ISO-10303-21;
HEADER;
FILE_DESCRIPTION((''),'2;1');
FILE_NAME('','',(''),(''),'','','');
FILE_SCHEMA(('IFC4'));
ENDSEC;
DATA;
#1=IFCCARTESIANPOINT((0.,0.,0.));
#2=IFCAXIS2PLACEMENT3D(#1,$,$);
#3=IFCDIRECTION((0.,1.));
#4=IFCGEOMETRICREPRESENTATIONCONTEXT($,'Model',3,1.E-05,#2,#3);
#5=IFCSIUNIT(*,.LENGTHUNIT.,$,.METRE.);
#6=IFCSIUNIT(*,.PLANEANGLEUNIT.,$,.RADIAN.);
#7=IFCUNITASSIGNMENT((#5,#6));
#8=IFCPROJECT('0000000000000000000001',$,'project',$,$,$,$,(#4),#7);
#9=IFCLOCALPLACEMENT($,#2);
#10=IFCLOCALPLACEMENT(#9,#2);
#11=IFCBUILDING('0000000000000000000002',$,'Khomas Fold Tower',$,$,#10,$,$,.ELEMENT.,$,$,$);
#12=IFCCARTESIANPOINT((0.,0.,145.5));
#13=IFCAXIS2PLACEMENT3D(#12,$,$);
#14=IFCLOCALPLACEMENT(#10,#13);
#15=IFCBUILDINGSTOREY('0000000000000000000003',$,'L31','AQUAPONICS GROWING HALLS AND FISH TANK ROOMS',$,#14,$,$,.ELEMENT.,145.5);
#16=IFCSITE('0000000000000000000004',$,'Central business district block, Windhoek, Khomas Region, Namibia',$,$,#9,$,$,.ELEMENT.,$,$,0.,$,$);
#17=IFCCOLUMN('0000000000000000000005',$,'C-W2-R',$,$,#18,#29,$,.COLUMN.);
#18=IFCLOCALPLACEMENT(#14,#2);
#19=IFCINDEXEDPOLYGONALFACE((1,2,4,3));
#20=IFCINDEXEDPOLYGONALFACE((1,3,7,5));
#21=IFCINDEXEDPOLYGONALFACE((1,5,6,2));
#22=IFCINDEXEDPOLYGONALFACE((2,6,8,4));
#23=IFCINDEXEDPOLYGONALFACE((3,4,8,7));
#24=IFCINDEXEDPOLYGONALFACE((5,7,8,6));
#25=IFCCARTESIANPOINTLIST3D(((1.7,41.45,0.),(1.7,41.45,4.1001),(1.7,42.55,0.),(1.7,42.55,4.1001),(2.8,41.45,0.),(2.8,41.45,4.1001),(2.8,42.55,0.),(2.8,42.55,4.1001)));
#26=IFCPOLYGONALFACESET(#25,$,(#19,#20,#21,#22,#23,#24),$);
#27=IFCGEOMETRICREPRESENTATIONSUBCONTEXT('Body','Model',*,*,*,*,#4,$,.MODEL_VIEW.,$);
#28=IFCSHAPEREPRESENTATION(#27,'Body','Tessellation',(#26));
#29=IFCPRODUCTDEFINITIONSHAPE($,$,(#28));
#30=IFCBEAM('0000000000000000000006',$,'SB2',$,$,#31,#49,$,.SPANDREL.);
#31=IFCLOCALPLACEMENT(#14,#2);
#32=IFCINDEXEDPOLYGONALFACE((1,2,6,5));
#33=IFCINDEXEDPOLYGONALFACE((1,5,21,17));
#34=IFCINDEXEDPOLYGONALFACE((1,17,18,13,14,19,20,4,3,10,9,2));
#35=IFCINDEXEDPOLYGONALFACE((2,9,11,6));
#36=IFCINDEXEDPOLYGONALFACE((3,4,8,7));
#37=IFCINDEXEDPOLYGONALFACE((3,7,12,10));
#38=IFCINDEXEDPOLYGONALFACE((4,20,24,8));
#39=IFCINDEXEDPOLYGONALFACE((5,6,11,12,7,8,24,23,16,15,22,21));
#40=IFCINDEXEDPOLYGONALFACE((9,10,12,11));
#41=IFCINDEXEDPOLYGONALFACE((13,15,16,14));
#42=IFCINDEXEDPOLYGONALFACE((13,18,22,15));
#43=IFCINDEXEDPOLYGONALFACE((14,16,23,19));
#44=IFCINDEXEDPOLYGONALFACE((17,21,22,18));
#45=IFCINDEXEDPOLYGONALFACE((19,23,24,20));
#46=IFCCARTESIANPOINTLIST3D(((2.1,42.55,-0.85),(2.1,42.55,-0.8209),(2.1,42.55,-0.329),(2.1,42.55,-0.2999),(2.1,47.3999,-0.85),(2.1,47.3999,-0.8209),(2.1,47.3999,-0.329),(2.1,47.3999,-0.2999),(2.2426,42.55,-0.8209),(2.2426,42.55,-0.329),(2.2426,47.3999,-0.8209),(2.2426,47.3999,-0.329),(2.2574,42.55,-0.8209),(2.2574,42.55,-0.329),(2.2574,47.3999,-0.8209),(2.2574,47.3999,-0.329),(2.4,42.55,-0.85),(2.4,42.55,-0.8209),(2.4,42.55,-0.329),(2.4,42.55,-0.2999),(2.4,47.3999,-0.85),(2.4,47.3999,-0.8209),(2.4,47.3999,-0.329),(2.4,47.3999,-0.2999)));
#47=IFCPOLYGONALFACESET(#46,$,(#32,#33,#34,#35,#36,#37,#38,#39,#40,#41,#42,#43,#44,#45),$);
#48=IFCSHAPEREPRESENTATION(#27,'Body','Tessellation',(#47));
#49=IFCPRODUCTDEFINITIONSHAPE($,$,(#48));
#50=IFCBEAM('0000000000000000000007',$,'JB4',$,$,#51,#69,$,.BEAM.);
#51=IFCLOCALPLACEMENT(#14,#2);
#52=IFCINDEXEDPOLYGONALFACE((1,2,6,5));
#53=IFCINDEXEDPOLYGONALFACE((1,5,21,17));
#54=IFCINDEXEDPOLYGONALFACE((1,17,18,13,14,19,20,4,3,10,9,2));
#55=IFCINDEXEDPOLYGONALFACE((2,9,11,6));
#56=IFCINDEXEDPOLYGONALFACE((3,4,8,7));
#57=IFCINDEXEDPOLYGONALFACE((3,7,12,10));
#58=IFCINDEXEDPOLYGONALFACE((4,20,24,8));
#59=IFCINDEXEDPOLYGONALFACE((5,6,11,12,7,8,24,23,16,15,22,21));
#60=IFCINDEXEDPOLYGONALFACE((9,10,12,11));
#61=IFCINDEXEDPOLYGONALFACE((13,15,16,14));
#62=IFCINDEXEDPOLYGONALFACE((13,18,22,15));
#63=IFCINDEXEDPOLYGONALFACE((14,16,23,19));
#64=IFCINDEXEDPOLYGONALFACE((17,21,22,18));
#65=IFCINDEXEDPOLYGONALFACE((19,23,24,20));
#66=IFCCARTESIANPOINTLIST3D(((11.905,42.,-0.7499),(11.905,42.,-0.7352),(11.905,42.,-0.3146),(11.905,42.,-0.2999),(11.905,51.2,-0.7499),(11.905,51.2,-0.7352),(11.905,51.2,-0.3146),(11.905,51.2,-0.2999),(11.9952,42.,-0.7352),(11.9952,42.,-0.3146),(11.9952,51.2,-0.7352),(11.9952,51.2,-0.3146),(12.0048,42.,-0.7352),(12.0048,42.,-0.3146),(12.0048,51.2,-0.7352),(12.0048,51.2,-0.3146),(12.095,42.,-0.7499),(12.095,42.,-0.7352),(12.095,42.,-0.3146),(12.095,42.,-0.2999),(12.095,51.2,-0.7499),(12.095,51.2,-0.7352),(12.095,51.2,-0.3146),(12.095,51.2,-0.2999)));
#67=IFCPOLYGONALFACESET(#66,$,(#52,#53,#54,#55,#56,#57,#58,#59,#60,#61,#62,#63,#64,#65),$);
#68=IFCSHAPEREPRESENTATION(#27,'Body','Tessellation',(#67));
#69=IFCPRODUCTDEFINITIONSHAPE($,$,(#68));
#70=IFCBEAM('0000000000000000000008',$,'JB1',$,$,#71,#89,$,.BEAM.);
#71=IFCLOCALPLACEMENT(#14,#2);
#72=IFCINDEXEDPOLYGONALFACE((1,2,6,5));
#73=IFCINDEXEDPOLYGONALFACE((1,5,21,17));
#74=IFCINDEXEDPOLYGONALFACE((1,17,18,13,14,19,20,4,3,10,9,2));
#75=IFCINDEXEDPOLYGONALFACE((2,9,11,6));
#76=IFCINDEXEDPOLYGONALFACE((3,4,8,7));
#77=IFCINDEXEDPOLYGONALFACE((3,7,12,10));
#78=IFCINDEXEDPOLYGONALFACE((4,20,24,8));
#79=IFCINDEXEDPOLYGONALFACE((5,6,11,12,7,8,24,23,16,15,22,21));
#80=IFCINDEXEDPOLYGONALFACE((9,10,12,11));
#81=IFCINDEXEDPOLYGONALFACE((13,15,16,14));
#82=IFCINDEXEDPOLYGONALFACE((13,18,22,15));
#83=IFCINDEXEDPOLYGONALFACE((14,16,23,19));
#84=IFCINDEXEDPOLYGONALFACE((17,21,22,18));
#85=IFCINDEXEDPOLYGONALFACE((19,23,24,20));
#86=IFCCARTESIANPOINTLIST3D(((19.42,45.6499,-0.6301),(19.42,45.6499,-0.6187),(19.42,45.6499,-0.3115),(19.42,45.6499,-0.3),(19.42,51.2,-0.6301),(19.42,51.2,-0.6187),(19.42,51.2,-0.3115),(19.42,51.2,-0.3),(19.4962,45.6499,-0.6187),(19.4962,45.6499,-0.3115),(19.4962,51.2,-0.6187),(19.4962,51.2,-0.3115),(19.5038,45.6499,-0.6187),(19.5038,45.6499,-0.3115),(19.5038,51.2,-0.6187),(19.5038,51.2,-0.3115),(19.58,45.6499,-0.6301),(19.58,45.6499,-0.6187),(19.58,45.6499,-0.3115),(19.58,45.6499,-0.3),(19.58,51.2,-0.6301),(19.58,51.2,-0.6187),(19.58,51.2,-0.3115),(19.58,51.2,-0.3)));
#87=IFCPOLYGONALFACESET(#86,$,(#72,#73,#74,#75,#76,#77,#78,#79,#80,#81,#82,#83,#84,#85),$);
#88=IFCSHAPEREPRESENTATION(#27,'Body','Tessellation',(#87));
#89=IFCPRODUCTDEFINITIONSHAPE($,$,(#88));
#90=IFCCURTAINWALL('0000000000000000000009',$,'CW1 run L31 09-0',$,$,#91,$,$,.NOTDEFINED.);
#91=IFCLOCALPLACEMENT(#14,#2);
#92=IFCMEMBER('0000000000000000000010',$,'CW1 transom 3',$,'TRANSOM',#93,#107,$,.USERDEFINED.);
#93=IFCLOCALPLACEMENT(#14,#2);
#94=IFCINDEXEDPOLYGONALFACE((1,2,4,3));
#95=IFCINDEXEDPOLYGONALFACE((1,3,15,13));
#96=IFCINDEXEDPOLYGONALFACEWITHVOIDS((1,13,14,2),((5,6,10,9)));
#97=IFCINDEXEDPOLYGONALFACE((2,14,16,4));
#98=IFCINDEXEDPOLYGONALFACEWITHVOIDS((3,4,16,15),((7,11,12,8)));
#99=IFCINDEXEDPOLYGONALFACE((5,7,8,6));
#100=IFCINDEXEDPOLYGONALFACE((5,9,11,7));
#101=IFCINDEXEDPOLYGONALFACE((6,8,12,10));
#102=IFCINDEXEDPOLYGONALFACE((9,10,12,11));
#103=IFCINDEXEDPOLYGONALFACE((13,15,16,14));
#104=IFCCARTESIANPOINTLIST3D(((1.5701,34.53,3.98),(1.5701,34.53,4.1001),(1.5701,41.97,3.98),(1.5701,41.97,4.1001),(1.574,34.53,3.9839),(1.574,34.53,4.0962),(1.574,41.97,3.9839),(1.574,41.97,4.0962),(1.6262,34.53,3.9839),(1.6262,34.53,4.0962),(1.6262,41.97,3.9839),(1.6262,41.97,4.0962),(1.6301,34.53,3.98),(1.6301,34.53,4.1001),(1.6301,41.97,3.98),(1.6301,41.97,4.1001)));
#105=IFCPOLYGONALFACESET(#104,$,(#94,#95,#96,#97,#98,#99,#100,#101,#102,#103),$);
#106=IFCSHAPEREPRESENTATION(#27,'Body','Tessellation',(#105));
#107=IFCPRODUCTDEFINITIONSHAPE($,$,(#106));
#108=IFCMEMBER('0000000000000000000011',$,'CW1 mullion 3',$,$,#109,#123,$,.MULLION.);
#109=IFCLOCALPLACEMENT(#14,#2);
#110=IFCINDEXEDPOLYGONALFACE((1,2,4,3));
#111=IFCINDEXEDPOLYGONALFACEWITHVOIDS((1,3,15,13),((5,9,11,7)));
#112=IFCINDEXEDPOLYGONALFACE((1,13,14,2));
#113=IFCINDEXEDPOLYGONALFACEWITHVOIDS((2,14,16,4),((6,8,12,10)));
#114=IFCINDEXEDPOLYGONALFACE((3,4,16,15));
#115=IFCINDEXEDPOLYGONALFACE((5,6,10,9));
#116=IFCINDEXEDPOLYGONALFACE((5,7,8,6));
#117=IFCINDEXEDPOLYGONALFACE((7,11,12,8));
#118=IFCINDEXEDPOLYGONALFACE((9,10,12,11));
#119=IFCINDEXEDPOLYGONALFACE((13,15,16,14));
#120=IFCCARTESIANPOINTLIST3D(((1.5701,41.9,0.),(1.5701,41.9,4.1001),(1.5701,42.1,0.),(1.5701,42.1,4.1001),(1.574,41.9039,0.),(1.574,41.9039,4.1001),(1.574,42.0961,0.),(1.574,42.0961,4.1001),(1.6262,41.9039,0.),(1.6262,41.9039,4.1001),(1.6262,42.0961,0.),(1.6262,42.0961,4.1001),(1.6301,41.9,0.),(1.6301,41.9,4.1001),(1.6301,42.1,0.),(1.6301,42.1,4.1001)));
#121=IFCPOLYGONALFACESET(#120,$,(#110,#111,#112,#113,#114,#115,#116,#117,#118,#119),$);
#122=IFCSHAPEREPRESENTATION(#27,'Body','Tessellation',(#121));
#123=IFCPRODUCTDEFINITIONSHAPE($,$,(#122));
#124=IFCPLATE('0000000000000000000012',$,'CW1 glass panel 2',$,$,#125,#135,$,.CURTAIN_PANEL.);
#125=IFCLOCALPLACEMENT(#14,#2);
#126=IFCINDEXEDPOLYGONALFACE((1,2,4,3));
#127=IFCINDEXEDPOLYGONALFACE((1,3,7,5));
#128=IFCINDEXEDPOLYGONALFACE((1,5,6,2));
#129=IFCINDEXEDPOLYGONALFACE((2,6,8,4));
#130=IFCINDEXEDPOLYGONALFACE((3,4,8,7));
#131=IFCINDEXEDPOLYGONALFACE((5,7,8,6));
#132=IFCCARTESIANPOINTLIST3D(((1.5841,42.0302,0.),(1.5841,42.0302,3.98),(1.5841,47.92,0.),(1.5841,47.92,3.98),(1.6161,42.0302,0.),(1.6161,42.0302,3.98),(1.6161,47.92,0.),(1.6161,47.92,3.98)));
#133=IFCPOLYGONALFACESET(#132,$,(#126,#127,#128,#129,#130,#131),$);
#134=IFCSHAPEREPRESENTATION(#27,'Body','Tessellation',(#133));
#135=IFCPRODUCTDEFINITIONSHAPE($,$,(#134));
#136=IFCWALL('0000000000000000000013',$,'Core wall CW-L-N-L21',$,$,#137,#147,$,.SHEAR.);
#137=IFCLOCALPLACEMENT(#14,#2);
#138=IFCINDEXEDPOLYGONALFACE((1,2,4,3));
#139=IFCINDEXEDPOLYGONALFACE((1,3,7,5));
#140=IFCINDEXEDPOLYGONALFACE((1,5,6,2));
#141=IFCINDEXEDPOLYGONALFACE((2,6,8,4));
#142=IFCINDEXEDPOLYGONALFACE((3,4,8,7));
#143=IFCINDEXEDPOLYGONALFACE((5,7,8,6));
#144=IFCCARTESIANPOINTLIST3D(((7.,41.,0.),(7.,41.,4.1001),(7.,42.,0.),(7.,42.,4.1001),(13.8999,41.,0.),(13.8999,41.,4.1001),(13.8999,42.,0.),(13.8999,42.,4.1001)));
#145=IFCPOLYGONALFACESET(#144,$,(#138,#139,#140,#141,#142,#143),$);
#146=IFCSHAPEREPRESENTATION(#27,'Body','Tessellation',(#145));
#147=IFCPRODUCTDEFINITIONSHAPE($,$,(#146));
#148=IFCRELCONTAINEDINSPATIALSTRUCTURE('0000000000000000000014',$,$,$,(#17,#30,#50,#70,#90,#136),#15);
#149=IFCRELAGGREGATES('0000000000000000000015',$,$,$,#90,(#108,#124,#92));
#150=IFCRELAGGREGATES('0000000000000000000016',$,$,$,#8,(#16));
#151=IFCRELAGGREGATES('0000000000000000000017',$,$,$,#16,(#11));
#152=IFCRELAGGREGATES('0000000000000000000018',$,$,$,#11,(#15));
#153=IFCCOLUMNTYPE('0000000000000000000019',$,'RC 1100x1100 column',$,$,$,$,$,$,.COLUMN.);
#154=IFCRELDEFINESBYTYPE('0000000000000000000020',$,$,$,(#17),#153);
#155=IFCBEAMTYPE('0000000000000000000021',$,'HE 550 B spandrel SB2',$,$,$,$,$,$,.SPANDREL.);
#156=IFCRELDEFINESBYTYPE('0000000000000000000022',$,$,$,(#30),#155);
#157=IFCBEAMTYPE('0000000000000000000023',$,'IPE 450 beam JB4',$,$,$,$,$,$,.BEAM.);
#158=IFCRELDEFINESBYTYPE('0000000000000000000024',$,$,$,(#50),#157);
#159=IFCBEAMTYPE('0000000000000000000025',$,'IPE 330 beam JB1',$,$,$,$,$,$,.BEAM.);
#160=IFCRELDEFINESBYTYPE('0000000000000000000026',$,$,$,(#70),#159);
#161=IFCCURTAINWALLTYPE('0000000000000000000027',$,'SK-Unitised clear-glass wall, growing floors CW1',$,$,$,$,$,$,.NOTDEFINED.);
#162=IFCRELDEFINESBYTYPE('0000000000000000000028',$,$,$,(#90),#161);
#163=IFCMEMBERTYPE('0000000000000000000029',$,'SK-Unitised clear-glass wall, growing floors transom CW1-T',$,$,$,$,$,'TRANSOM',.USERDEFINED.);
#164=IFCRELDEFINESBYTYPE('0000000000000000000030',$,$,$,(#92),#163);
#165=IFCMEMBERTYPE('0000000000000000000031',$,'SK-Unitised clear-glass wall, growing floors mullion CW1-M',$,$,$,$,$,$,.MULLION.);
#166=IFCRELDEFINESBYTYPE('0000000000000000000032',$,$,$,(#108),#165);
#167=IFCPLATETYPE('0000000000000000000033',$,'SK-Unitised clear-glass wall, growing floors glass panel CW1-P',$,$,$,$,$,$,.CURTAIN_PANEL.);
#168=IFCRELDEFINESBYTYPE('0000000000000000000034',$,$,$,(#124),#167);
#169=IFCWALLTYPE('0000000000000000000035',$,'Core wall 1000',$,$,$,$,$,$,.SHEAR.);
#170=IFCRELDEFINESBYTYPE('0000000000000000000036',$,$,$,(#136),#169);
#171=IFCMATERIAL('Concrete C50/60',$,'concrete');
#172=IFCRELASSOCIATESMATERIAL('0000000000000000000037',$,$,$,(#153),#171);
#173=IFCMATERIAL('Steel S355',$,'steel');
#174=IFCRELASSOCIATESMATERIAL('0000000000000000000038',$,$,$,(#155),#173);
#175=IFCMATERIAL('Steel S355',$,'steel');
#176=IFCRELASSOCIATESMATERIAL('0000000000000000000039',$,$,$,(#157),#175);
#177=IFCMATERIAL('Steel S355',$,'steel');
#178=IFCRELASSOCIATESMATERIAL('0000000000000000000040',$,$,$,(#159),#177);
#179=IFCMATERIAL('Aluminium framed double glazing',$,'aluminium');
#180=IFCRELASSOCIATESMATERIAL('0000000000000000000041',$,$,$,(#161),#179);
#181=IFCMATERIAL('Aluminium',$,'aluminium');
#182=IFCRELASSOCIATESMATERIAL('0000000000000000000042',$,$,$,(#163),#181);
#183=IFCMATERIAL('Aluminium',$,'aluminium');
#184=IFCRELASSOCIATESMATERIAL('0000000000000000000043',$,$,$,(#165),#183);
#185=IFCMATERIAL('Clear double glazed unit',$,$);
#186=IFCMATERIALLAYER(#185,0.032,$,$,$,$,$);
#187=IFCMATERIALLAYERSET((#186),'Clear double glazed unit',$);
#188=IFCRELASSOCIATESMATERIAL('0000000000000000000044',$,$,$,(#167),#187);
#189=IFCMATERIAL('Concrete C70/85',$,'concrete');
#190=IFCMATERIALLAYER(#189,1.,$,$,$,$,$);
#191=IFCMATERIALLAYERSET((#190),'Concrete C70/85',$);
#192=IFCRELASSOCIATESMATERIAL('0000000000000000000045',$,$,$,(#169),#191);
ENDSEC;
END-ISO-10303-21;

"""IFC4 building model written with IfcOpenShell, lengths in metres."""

from ifc_helpers import new_model, si_unit, direction, frame, frame_2d, origin, origin_2d, place, context, subcontext, project, spatial, rectangle, hollow_rectangle, i_section, extrude, source, transform, mapped, material, layer, layer_set, material_profile, profile_set, type_object, element, aggregate, save


model = new_model("IFC4")

# Units and contexts
model_context = context("Model", 3, precision=1e-05, world=origin(), true_north=direction((0.0, 1.0)))
body_context = subcontext(model_context, "Body", "Model", "MODEL_VIEW")
ifc_project = project(units=[si_unit("LENGTHUNIT", "METRE"), si_unit("PLANEANGLEUNIT", "RADIAN")], contexts=[model_context])

# Site, building, storey
site_placement = place(None, origin())
site = spatial("IfcSite", under=ifc_project, at=site_placement, Name="Central business district block, Windhoek, Khomas Region, Namibia", CompositionType="ELEMENT", RefElevation=0.0)
building_placement = place(site_placement, origin())
building = spatial("IfcBuilding", under=site, at=building_placement, Name="Khomas Fold Tower", CompositionType="ELEMENT")
storey_placement = place(building_placement, frame((0.0, 0.0, 145.5)))
storey = spatial("IfcBuildingStorey", under=building, at=storey_placement, Name="L31", Description="AQUAPONICS GROWING HALLS AND FISH TANK ROOMS", CompositionType="ELEMENT", Elevation=145.5)

# Column
ifc_material_1 = material(Name="Concrete C50/60", Category="concrete")
ifc_material_profile_1 = material_profile(ifc_material_1, rectangle(XDim=1.1001, YDim=1.1001, at=origin_2d()), Name="RC 1100x1100")
ifc_profile_set_1 = profile_set([ifc_material_profile_1], Name="Concrete C50/60")
column_type = type_object("IfcColumnType", Name="RC 1100x1100 column", PredefinedType="COLUMN", material=ifc_profile_set_1)
shared_shape_1 = source(origin(), body_context, "Body", "SweptSolid", [
    extrude(rectangle(XDim=1.1001, YDim=1.1001, at=origin_2d()), origin(), (0.0, 0.0, 1.0), 4.1001),
])
column_placement = place(storey_placement, frame((2.25, 42.0, 0.0), z_axis=(0.0, 0.0, 1.0), x_axis=(1.0, 0.0, 0.0)))
element("IfcColumn", 1, at=column_placement, inside=storey, type_object=column_type, Name="C-W2-R", PredefinedType="COLUMN", context=body_context, shape_type="MappedRepresentation", body=[
    mapped(shared_shape_1, transform((0.0, 0.0, 0.0))),
])

# Beams
ifc_material_2 = material(Name="Steel S355", Category="steel")
ifc_material_profile_2 = material_profile(ifc_material_2, i_section(OverallWidth=0.3, OverallDepth=0.55, WebThickness=0.0149, FlangeThickness=0.0291, at=origin_2d()), Name="HE 550 B")
ifc_profile_set_2 = profile_set([ifc_material_profile_2], Name="Steel S355")
beam_type_1 = type_object("IfcBeamType", Name="HE 550 B spandrel SB2", PredefinedType="SPANDREL", material=ifc_profile_set_2)
shared_shape_2 = source(origin(), body_context, "Body", "SweptSolid", [
    extrude(i_section(OverallWidth=0.3, OverallDepth=0.55, WebThickness=0.0149, FlangeThickness=0.0291, at=origin_2d()), origin(), (0.0, 0.0, 1.0), 4.8499),
])
beam_1_placement = place(storey_placement, frame((2.25, 42.55, -0.575), z_axis=(0.0, 1.0, 0.0), x_axis=(-1.0, 0.0, 0.0)))
element("IfcBeam", 2, at=beam_1_placement, inside=storey, type_object=beam_type_1, Name="SB2", PredefinedType="SPANDREL", context=body_context, shape_type="MappedRepresentation", body=[
    mapped(shared_shape_2, transform((0.0, 0.0, 0.0))),
])
ifc_material_3 = material(Name="Steel S355", Category="steel")
ifc_material_profile_3 = material_profile(ifc_material_3, i_section(OverallWidth=0.1899, OverallDepth=0.45, WebThickness=0.0095, FlangeThickness=0.0146, at=origin_2d()), Name="IPE 450")
ifc_profile_set_3 = profile_set([ifc_material_profile_3], Name="Steel S355")
beam_type_2 = type_object("IfcBeamType", Name="IPE 450 beam JB4", PredefinedType="BEAM", material=ifc_profile_set_3)
shared_shape_3 = source(origin(), body_context, "Body", "SweptSolid", [
    extrude(i_section(OverallWidth=0.1899, OverallDepth=0.45, WebThickness=0.0095, FlangeThickness=0.0146, at=origin_2d()), origin(), (0.0, 0.0, 1.0), 9.2),
])
beam_2_placement = place(storey_placement, frame((12.0, 42.0, -0.5249), z_axis=(0.0, 1.0, 0.0), x_axis=(-1.0, 0.0, 0.0)))
element("IfcBeam", 3, at=beam_2_placement, inside=storey, type_object=beam_type_2, Name="JB4", PredefinedType="BEAM", context=body_context, shape_type="MappedRepresentation", body=[
    mapped(shared_shape_3, transform((0.0, 0.0, 0.0))),
])
ifc_material_4 = material(Name="Steel S355", Category="steel")
ifc_material_profile_4 = material_profile(ifc_material_4, i_section(OverallWidth=0.1599, OverallDepth=0.3301, WebThickness=0.0076, FlangeThickness=0.0115, at=origin_2d()), Name="IPE 330")
ifc_profile_set_4 = profile_set([ifc_material_profile_4], Name="Steel S355")
beam_type_3 = type_object("IfcBeamType", Name="IPE 330 beam JB1", PredefinedType="BEAM", material=ifc_profile_set_4)
shared_shape_4 = source(origin(), body_context, "Body", "SweptSolid", [
    extrude(i_section(OverallWidth=0.1599, OverallDepth=0.3301, WebThickness=0.0076, FlangeThickness=0.0115, at=origin_2d()), origin(), (0.0, 0.0, 1.0), 5.55),
])
beam_3_placement = place(storey_placement, frame((19.5, 45.6499, -0.4651), z_axis=(0.0, 1.0, 0.0), x_axis=(-1.0, 0.0, 0.0)))
element("IfcBeam", 4, at=beam_3_placement, inside=storey, type_object=beam_type_3, Name="JB1", PredefinedType="BEAM", context=body_context, shape_type="MappedRepresentation", body=[
    mapped(shared_shape_4, transform((0.0, 0.0, 0.0))),
])

# Curtain wall, members, plate
ifc_material_5 = material(Name="Aluminium framed double glazing", Category="aluminium")
curtain_wall_type = type_object("IfcCurtainWallType", Name="SK-Unitised clear-glass wall, growing floors CW1", PredefinedType="NOTDEFINED", material=ifc_material_5)
curtain_wall_placement = place(storey_placement, origin())
curtain_wall = element("IfcCurtainWall", 5, at=curtain_wall_placement, inside=storey, type_object=curtain_wall_type, Name="CW1 run L31 09-0", PredefinedType="NOTDEFINED")
ifc_material_6 = material(Name="Aluminium", Category="aluminium")
ifc_material_profile_5 = material_profile(ifc_material_6, hollow_rectangle(XDim=0.0601, YDim=0.1201, WallThickness=0.0039, at=origin_2d()), Name="SK-Unitised clear-glass wall, growing floors transom CW1-T")
ifc_profile_set_5 = profile_set([ifc_material_profile_5], Name="Aluminium")
member_type_1 = type_object("IfcMemberType", Name="SK-Unitised clear-glass wall, growing floors transom CW1-T", ElementType="TRANSOM", PredefinedType="USERDEFINED", material=ifc_profile_set_5)
shared_shape_5 = source(origin(), body_context, "Body", "SweptSolid", [
    extrude(hollow_rectangle(XDim=0.0601, YDim=0.1201, WallThickness=0.0039, at=origin_2d()), origin(), (0.0, 0.0, 1.0), 7.4399),
])
member_1_placement = place(storey_placement, frame((1.6001, 41.97, 4.04), z_axis=(0.0, -1.0, 0.0), x_axis=(1.0, 0.0, 0.0)))
member_1 = element("IfcMember", 6, at=member_1_placement, type_object=member_type_1, Name="CW1 transom 3", ObjectType="TRANSOM", PredefinedType="USERDEFINED", context=body_context, shape_type="MappedRepresentation", body=[
    mapped(shared_shape_5, transform((0.0, 0.0, 0.0))),
])
ifc_material_7 = material(Name="Aluminium", Category="aluminium")
ifc_material_profile_6 = material_profile(ifc_material_7, hollow_rectangle(XDim=0.0601, YDim=0.2, WallThickness=0.0039, at=origin_2d()), Name="SK-Unitised clear-glass wall, growing floors mullion CW1-M")
ifc_profile_set_6 = profile_set([ifc_material_profile_6], Name="Aluminium")
member_type_2 = type_object("IfcMemberType", Name="SK-Unitised clear-glass wall, growing floors mullion CW1-M", PredefinedType="MULLION", material=ifc_profile_set_6)
shared_shape_6 = source(origin(), body_context, "Body", "SweptSolid", [
    extrude(hollow_rectangle(XDim=0.0601, YDim=0.2, WallThickness=0.0039, at=origin_2d()), origin(), (0.0, 0.0, 1.0), 4.1001),
])
member_2_placement = place(storey_placement, frame((1.6001, 42.0, 0.0), z_axis=(0.0, 0.0, 1.0), x_axis=(1.0, 0.0, 0.0)))
member_2 = element("IfcMember", 7, at=member_2_placement, type_object=member_type_2, Name="CW1 mullion 3", PredefinedType="MULLION", context=body_context, shape_type="MappedRepresentation", body=[
    mapped(shared_shape_6, transform((0.0, 0.0, 0.0))),
])
ifc_material_8 = material(Name="Clear double glazed unit")
ifc_layer_1 = layer(ifc_material_8, 0.032)
ifc_layer_set_1 = layer_set([ifc_layer_1], Name="Clear double glazed unit")
plate_type = type_object("IfcPlateType", Name="SK-Unitised clear-glass wall, growing floors glass panel CW1-P", PredefinedType="CURTAIN_PANEL", material=ifc_layer_set_1)
shared_shape_7 = source(origin(), body_context, "Body", "SweptSolid", [
    extrude(rectangle(XDim=5.8899, YDim=0.032, at=origin_2d()), origin(), (0.0, 0.0, 1.0), 3.98),
])
plate_placement = place(storey_placement, frame((1.6001, 44.9751, 0.0), z_axis=(0.0, 0.0, 1.0), x_axis=(0.0, -1.0, 0.0)))
plate = element("IfcPlate", 8, at=plate_placement, type_object=plate_type, Name="CW1 glass panel 2", PredefinedType="CURTAIN_PANEL", context=body_context, shape_type="MappedRepresentation", body=[
    mapped(shared_shape_7, transform((0.0, 0.0, 0.0))),
])
aggregate(curtain_wall, [member_2, plate, member_1])

# Wall
ifc_material_9 = material(Name="Concrete C70/85", Category="concrete")
ifc_layer_2 = layer(ifc_material_9, 1.0)
ifc_layer_set_2 = layer_set([ifc_layer_2], Name="Concrete C70/85")
wall_type_1 = type_object("IfcWallType", Name="Core wall 1000", PredefinedType="SHEAR", material=ifc_layer_set_2)
shared_shape_8 = source(origin(), body_context, "Body", "SweptSolid", [
    extrude(rectangle(XDim=6.8999, YDim=1.0, at=frame_2d((3.45, 0.0))), origin(), (0.0, 0.0, 1.0), 4.1001),
])
wall_1_placement = place(storey_placement, frame((7.0, 41.5, 0.0), z_axis=(0.0, 0.0, 1.0), x_axis=(1.0, 0.0, 0.0)))
element("IfcWall", 9, at=wall_1_placement, inside=storey, type_object=wall_type_1, Name="Core wall CW-L-N-L21", PredefinedType="SHEAR", context=body_context, shape_type="MappedRepresentation", body=[
    mapped(shared_shape_8, transform((0.0, 0.0, 0.0))),
])

save(model, "model.ifc")
